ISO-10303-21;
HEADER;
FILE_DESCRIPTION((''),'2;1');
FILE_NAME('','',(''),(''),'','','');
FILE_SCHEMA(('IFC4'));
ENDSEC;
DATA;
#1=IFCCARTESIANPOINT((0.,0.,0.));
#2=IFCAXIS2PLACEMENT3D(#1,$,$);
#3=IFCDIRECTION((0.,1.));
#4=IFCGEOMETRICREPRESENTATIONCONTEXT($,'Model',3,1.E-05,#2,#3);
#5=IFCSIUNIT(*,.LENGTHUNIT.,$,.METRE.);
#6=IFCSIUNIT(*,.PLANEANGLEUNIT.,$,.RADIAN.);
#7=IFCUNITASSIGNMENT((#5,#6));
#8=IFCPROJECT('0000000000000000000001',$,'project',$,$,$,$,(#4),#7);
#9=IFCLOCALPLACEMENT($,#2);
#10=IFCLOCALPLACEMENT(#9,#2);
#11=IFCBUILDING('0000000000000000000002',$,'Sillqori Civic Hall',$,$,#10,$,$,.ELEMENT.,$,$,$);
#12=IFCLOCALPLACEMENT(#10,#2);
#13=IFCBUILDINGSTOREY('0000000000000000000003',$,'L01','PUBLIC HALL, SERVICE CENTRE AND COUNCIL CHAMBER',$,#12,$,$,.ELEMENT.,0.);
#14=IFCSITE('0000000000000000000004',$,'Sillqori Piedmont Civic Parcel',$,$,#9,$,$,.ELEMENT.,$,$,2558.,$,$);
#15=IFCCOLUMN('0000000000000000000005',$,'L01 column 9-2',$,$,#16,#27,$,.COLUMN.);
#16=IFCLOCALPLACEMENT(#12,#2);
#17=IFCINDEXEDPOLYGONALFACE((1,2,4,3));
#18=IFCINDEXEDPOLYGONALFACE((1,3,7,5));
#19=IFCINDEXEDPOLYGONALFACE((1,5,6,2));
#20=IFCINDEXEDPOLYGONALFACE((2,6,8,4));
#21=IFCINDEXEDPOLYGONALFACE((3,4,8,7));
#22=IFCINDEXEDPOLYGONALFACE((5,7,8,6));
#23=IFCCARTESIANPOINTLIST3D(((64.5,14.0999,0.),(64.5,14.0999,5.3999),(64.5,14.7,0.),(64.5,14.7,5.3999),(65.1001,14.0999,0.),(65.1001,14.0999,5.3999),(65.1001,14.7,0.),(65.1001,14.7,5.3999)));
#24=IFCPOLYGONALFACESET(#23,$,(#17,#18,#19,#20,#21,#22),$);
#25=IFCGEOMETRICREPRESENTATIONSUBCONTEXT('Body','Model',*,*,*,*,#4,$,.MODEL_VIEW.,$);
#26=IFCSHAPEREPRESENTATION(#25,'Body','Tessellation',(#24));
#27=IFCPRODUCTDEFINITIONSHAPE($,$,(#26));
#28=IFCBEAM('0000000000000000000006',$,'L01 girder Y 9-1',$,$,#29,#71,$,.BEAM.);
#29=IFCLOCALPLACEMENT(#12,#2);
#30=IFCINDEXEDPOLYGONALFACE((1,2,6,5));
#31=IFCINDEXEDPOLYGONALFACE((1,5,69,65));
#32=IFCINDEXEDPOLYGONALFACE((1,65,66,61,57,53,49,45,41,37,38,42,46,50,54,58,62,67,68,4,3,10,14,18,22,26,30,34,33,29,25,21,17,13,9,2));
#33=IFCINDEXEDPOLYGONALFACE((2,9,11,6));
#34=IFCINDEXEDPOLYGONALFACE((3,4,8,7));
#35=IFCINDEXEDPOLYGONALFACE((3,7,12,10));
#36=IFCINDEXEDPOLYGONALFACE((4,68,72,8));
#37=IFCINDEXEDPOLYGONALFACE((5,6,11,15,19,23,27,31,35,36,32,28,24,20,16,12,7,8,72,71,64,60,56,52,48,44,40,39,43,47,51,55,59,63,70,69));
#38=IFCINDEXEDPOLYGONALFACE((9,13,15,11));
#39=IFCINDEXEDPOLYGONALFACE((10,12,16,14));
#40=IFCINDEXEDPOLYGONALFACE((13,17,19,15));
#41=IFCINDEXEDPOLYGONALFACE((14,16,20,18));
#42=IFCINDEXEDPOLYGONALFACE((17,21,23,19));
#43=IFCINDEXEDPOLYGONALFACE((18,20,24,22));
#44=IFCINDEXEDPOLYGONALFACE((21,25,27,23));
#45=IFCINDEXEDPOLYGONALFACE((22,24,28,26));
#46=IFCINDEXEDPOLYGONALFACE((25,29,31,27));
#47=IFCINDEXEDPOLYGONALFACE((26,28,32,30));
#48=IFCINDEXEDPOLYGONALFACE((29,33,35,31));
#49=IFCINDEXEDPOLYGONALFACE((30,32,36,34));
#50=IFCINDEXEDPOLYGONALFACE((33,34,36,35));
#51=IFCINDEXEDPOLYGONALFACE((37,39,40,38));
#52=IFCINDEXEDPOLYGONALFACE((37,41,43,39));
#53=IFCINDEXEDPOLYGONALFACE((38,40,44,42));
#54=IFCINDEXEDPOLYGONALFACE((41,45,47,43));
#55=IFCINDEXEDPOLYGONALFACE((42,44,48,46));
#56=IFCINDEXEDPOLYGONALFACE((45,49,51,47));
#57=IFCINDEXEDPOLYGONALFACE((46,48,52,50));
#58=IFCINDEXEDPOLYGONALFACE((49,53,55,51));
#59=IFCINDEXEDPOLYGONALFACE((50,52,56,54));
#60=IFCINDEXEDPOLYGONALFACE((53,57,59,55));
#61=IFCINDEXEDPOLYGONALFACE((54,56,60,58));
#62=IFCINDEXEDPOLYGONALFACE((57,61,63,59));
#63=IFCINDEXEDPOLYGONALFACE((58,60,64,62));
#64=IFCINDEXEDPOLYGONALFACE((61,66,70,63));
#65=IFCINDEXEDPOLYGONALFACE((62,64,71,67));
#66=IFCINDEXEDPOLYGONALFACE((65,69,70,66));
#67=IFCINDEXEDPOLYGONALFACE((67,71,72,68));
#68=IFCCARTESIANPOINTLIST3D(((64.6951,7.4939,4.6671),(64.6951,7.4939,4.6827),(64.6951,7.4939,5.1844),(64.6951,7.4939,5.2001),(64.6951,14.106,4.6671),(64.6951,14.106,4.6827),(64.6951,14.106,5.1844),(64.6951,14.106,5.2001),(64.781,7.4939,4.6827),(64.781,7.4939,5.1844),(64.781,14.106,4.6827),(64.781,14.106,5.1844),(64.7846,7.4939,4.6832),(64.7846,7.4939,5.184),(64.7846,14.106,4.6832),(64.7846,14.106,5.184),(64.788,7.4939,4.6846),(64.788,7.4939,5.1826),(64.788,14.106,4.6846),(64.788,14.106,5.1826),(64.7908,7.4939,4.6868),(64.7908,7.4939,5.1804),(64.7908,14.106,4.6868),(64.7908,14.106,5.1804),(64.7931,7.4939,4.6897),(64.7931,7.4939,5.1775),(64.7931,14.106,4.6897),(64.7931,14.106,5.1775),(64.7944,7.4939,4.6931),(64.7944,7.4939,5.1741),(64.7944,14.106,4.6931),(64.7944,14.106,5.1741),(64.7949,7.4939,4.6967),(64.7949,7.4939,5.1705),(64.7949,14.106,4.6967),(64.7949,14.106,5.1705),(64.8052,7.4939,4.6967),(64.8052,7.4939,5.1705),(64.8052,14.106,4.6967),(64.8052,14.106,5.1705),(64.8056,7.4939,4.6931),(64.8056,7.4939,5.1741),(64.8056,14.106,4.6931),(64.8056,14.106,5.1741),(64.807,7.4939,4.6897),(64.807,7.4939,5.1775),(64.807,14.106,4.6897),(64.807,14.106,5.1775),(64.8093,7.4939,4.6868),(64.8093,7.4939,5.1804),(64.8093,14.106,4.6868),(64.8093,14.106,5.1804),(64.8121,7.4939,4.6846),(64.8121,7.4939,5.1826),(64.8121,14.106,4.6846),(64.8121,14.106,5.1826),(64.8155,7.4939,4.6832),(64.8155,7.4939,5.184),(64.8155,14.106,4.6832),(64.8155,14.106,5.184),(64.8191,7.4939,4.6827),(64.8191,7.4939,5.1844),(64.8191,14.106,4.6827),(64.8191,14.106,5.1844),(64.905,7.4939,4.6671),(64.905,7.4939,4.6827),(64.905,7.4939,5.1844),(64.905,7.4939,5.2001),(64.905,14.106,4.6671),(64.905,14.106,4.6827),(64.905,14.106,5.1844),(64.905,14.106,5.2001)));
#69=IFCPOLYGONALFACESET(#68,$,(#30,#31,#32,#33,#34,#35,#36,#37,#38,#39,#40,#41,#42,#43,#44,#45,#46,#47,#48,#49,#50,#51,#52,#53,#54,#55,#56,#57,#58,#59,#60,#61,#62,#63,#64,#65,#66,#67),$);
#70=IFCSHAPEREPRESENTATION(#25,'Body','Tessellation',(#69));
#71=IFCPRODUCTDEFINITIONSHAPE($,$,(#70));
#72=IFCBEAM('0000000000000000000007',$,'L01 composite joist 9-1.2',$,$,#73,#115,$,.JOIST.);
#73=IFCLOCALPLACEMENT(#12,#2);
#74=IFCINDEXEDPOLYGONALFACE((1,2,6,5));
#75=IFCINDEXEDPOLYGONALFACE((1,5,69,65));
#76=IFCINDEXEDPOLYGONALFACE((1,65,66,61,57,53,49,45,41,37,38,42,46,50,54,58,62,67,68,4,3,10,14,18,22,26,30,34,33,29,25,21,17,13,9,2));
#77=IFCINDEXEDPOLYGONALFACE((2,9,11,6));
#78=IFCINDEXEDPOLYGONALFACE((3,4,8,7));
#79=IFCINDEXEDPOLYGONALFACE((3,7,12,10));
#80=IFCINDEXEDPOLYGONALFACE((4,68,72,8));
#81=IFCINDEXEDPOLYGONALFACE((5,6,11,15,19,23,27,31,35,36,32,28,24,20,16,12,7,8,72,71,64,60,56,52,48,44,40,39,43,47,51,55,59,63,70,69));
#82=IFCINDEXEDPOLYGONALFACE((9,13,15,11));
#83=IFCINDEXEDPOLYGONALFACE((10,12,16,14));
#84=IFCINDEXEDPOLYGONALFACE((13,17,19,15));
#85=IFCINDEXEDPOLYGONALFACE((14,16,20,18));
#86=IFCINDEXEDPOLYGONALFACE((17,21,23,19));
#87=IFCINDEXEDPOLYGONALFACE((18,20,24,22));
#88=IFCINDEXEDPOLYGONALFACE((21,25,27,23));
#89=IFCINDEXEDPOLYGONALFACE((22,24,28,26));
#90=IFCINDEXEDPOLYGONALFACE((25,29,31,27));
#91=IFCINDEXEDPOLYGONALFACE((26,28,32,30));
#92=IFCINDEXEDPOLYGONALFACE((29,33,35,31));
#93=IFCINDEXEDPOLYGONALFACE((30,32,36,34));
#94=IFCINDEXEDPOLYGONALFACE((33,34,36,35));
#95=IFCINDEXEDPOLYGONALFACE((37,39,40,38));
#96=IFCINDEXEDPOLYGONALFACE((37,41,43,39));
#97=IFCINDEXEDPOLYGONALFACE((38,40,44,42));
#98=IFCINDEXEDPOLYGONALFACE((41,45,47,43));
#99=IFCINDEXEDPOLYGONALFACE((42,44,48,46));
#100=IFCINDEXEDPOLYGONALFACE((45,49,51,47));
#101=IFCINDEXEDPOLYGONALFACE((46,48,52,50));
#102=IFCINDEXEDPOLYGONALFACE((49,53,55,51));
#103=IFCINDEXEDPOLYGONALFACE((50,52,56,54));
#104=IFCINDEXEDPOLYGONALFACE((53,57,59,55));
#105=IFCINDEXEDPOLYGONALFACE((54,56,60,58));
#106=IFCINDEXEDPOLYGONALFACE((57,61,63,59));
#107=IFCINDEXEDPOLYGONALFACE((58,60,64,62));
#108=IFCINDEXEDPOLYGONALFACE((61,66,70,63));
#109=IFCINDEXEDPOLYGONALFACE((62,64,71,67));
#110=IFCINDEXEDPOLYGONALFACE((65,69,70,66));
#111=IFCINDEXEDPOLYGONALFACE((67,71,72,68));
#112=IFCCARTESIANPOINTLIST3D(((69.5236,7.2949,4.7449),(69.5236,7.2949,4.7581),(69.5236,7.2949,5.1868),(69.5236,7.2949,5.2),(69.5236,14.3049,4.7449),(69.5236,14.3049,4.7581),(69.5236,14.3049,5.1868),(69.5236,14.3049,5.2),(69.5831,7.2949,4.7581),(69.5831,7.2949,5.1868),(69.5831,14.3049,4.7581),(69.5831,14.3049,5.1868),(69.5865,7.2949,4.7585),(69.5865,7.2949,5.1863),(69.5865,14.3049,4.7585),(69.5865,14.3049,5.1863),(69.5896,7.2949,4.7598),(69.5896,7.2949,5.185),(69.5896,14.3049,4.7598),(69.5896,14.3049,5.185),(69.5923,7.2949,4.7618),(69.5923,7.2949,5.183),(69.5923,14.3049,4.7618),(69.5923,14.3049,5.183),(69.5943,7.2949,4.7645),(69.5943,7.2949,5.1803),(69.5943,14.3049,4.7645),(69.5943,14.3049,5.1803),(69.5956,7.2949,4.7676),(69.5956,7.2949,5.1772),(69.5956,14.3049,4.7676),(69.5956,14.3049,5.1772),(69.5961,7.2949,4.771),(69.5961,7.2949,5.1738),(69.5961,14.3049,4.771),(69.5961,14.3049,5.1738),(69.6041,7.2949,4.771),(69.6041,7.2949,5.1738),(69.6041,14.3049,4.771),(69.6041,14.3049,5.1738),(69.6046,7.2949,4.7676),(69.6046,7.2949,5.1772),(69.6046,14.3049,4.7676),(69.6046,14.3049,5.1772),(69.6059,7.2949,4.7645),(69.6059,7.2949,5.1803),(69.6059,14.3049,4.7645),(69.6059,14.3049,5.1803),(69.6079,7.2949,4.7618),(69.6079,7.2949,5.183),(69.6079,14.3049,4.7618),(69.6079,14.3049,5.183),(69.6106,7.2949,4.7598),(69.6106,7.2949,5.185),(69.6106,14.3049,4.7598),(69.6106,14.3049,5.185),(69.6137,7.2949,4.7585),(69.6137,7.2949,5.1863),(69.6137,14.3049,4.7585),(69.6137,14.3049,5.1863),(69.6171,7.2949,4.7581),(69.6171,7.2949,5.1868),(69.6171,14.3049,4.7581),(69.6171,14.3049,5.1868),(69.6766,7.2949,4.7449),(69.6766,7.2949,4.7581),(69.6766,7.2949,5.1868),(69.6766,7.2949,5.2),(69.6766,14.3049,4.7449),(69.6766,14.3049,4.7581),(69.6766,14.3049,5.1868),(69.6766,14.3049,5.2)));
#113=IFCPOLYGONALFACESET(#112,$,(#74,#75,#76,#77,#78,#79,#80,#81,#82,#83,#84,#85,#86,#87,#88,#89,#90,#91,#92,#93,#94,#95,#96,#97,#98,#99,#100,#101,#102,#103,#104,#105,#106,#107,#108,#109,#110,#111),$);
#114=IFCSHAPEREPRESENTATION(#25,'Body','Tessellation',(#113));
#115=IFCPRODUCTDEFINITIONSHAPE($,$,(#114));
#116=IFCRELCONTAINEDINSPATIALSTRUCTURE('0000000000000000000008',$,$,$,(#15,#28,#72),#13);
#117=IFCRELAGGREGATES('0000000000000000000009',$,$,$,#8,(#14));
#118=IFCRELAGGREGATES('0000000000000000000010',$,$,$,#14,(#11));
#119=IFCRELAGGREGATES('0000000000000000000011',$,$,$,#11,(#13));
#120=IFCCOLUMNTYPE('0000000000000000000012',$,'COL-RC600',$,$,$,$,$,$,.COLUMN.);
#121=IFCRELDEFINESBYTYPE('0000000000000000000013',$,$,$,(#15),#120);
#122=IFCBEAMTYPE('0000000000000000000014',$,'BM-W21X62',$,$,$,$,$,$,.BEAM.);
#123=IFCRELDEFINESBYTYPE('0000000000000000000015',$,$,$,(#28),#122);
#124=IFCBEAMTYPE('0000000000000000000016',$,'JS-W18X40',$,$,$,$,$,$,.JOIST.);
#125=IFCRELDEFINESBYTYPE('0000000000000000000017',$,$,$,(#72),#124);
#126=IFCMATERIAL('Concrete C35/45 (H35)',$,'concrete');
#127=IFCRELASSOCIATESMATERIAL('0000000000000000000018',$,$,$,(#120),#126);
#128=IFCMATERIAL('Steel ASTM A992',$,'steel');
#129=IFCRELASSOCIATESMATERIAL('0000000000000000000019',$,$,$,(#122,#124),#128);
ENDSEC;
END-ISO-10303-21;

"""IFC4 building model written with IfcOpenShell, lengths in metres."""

from ifc_helpers import new_model, si_unit, direction, frame, origin, origin_2d, place, context, subcontext, project, spatial, rectangle, i_section, extrude, material, material_profile, profile_set, type_object, element, save


model = new_model("IFC4")

# Units and contexts
model_context = context("Model", 3, precision=1e-05, world=origin(), true_north=direction((0.0, 1.0)))
body_context = subcontext(model_context, "Body", "Model", "MODEL_VIEW")
ifc_project = project(units=[si_unit("LENGTHUNIT", "METRE"), si_unit("PLANEANGLEUNIT", "RADIAN")], contexts=[model_context])

# Site, building, storey
site_placement = place(None, origin())
site = spatial("IfcSite", under=ifc_project, at=site_placement, Name="Sillqori Piedmont Civic Parcel", CompositionType="ELEMENT", RefElevation=2558.0)
building_placement = place(site_placement, origin())
building = spatial("IfcBuilding", under=site, at=building_placement, Name="Sillqori Civic Hall", CompositionType="ELEMENT")
storey_placement = place(building_placement, origin())
storey = spatial("IfcBuildingStorey", under=building, at=storey_placement, Name="L01", Description="PUBLIC HALL, SERVICE CENTRE AND COUNCIL CHAMBER", CompositionType="ELEMENT", Elevation=0.0)

# Column
ifc_material_1 = material(Name="Concrete C35/45 (H35)", Category="concrete")
ifc_material_profile_1 = material_profile(ifc_material_1, rectangle(XDim=0.6001, YDim=0.6001, at=origin_2d()), Name="RC 600x600")
ifc_profile_set_1 = profile_set([ifc_material_profile_1], Name="Concrete C35/45 (H35)")
column_type = type_object("IfcColumnType", Name="COL-RC600", PredefinedType="COLUMN", material=ifc_profile_set_1)
column_placement = place(storey_placement, frame((64.8, 14.3999, 0.0), z_axis=(0.0, 0.0, 1.0), x_axis=(1.0, 0.0, 0.0)))
element("IfcColumn", 1, at=column_placement, inside=storey, type_object=column_type, Name="L01 column 9-2", PredefinedType="COLUMN", context=body_context, shape_type="SweptSolid", body=[
    extrude(rectangle(XDim=0.6001, YDim=0.6001, at=origin_2d()), origin(), (0.0, 0.0, 1.0), 5.3999),
])

# Beam
ifc_material_2 = material(Name="Steel ASTM A992", Category="steel")
ifc_material_profile_2 = material_profile(ifc_material_2, i_section(OverallWidth=0.21, OverallDepth=0.533, WebThickness=0.0103, FlangeThickness=0.0156, FilletRadius=0.0139, at=origin_2d()), Name="W21X62")
ifc_profile_set_2 = profile_set([ifc_material_profile_2], Name="Steel ASTM A992")
beam_type_1 = type_object("IfcBeamType", Name="BM-W21X62", PredefinedType="BEAM", material=ifc_profile_set_2)
beam_1_placement = place(storey_placement, frame((64.8, 7.4939, 4.9336), z_axis=(0.0, 1.0, 0.0), x_axis=(-1.0, 0.0, 0.0)))
element("IfcBeam", 2, at=beam_1_placement, inside=storey, type_object=beam_type_1, Name="L01 girder Y 9-1", PredefinedType="BEAM", context=body_context, shape_type="SweptSolid", body=[
    extrude(i_section(OverallWidth=0.21, OverallDepth=0.533, WebThickness=0.0103, FlangeThickness=0.0156, FilletRadius=0.0139, at=origin_2d()), origin(), (0.0, 0.0, 1.0), 6.6121),
])

# Beam
ifc_material_profile_3 = material_profile(ifc_material_2, i_section(OverallWidth=0.1531, OverallDepth=0.4551, WebThickness=0.0081, FlangeThickness=0.0132, FilletRadius=0.0129, at=origin_2d()), Name="W18X40")
ifc_profile_set_3 = profile_set([ifc_material_profile_3], Name="Steel ASTM A992")
beam_type_2 = type_object("IfcBeamType", Name="JS-W18X40", PredefinedType="JOIST", material=ifc_profile_set_3)
beam_2_placement = place(storey_placement, frame((69.6001, 7.2949, 4.9724), z_axis=(0.0, 1.0, 0.0), x_axis=(-1.0, 0.0, 0.0)))
element("IfcBeam", 3, at=beam_2_placement, inside=storey, type_object=beam_type_2, Name="L01 composite joist 9-1.2", PredefinedType="JOIST", context=body_context, shape_type="SweptSolid", body=[
    extrude(i_section(OverallWidth=0.1531, OverallDepth=0.4551, WebThickness=0.0081, FlangeThickness=0.0132, FilletRadius=0.0129, at=origin_2d()), origin(), (0.0, 0.0, 1.0), 7.01),
])

save(model, "model.ifc")
